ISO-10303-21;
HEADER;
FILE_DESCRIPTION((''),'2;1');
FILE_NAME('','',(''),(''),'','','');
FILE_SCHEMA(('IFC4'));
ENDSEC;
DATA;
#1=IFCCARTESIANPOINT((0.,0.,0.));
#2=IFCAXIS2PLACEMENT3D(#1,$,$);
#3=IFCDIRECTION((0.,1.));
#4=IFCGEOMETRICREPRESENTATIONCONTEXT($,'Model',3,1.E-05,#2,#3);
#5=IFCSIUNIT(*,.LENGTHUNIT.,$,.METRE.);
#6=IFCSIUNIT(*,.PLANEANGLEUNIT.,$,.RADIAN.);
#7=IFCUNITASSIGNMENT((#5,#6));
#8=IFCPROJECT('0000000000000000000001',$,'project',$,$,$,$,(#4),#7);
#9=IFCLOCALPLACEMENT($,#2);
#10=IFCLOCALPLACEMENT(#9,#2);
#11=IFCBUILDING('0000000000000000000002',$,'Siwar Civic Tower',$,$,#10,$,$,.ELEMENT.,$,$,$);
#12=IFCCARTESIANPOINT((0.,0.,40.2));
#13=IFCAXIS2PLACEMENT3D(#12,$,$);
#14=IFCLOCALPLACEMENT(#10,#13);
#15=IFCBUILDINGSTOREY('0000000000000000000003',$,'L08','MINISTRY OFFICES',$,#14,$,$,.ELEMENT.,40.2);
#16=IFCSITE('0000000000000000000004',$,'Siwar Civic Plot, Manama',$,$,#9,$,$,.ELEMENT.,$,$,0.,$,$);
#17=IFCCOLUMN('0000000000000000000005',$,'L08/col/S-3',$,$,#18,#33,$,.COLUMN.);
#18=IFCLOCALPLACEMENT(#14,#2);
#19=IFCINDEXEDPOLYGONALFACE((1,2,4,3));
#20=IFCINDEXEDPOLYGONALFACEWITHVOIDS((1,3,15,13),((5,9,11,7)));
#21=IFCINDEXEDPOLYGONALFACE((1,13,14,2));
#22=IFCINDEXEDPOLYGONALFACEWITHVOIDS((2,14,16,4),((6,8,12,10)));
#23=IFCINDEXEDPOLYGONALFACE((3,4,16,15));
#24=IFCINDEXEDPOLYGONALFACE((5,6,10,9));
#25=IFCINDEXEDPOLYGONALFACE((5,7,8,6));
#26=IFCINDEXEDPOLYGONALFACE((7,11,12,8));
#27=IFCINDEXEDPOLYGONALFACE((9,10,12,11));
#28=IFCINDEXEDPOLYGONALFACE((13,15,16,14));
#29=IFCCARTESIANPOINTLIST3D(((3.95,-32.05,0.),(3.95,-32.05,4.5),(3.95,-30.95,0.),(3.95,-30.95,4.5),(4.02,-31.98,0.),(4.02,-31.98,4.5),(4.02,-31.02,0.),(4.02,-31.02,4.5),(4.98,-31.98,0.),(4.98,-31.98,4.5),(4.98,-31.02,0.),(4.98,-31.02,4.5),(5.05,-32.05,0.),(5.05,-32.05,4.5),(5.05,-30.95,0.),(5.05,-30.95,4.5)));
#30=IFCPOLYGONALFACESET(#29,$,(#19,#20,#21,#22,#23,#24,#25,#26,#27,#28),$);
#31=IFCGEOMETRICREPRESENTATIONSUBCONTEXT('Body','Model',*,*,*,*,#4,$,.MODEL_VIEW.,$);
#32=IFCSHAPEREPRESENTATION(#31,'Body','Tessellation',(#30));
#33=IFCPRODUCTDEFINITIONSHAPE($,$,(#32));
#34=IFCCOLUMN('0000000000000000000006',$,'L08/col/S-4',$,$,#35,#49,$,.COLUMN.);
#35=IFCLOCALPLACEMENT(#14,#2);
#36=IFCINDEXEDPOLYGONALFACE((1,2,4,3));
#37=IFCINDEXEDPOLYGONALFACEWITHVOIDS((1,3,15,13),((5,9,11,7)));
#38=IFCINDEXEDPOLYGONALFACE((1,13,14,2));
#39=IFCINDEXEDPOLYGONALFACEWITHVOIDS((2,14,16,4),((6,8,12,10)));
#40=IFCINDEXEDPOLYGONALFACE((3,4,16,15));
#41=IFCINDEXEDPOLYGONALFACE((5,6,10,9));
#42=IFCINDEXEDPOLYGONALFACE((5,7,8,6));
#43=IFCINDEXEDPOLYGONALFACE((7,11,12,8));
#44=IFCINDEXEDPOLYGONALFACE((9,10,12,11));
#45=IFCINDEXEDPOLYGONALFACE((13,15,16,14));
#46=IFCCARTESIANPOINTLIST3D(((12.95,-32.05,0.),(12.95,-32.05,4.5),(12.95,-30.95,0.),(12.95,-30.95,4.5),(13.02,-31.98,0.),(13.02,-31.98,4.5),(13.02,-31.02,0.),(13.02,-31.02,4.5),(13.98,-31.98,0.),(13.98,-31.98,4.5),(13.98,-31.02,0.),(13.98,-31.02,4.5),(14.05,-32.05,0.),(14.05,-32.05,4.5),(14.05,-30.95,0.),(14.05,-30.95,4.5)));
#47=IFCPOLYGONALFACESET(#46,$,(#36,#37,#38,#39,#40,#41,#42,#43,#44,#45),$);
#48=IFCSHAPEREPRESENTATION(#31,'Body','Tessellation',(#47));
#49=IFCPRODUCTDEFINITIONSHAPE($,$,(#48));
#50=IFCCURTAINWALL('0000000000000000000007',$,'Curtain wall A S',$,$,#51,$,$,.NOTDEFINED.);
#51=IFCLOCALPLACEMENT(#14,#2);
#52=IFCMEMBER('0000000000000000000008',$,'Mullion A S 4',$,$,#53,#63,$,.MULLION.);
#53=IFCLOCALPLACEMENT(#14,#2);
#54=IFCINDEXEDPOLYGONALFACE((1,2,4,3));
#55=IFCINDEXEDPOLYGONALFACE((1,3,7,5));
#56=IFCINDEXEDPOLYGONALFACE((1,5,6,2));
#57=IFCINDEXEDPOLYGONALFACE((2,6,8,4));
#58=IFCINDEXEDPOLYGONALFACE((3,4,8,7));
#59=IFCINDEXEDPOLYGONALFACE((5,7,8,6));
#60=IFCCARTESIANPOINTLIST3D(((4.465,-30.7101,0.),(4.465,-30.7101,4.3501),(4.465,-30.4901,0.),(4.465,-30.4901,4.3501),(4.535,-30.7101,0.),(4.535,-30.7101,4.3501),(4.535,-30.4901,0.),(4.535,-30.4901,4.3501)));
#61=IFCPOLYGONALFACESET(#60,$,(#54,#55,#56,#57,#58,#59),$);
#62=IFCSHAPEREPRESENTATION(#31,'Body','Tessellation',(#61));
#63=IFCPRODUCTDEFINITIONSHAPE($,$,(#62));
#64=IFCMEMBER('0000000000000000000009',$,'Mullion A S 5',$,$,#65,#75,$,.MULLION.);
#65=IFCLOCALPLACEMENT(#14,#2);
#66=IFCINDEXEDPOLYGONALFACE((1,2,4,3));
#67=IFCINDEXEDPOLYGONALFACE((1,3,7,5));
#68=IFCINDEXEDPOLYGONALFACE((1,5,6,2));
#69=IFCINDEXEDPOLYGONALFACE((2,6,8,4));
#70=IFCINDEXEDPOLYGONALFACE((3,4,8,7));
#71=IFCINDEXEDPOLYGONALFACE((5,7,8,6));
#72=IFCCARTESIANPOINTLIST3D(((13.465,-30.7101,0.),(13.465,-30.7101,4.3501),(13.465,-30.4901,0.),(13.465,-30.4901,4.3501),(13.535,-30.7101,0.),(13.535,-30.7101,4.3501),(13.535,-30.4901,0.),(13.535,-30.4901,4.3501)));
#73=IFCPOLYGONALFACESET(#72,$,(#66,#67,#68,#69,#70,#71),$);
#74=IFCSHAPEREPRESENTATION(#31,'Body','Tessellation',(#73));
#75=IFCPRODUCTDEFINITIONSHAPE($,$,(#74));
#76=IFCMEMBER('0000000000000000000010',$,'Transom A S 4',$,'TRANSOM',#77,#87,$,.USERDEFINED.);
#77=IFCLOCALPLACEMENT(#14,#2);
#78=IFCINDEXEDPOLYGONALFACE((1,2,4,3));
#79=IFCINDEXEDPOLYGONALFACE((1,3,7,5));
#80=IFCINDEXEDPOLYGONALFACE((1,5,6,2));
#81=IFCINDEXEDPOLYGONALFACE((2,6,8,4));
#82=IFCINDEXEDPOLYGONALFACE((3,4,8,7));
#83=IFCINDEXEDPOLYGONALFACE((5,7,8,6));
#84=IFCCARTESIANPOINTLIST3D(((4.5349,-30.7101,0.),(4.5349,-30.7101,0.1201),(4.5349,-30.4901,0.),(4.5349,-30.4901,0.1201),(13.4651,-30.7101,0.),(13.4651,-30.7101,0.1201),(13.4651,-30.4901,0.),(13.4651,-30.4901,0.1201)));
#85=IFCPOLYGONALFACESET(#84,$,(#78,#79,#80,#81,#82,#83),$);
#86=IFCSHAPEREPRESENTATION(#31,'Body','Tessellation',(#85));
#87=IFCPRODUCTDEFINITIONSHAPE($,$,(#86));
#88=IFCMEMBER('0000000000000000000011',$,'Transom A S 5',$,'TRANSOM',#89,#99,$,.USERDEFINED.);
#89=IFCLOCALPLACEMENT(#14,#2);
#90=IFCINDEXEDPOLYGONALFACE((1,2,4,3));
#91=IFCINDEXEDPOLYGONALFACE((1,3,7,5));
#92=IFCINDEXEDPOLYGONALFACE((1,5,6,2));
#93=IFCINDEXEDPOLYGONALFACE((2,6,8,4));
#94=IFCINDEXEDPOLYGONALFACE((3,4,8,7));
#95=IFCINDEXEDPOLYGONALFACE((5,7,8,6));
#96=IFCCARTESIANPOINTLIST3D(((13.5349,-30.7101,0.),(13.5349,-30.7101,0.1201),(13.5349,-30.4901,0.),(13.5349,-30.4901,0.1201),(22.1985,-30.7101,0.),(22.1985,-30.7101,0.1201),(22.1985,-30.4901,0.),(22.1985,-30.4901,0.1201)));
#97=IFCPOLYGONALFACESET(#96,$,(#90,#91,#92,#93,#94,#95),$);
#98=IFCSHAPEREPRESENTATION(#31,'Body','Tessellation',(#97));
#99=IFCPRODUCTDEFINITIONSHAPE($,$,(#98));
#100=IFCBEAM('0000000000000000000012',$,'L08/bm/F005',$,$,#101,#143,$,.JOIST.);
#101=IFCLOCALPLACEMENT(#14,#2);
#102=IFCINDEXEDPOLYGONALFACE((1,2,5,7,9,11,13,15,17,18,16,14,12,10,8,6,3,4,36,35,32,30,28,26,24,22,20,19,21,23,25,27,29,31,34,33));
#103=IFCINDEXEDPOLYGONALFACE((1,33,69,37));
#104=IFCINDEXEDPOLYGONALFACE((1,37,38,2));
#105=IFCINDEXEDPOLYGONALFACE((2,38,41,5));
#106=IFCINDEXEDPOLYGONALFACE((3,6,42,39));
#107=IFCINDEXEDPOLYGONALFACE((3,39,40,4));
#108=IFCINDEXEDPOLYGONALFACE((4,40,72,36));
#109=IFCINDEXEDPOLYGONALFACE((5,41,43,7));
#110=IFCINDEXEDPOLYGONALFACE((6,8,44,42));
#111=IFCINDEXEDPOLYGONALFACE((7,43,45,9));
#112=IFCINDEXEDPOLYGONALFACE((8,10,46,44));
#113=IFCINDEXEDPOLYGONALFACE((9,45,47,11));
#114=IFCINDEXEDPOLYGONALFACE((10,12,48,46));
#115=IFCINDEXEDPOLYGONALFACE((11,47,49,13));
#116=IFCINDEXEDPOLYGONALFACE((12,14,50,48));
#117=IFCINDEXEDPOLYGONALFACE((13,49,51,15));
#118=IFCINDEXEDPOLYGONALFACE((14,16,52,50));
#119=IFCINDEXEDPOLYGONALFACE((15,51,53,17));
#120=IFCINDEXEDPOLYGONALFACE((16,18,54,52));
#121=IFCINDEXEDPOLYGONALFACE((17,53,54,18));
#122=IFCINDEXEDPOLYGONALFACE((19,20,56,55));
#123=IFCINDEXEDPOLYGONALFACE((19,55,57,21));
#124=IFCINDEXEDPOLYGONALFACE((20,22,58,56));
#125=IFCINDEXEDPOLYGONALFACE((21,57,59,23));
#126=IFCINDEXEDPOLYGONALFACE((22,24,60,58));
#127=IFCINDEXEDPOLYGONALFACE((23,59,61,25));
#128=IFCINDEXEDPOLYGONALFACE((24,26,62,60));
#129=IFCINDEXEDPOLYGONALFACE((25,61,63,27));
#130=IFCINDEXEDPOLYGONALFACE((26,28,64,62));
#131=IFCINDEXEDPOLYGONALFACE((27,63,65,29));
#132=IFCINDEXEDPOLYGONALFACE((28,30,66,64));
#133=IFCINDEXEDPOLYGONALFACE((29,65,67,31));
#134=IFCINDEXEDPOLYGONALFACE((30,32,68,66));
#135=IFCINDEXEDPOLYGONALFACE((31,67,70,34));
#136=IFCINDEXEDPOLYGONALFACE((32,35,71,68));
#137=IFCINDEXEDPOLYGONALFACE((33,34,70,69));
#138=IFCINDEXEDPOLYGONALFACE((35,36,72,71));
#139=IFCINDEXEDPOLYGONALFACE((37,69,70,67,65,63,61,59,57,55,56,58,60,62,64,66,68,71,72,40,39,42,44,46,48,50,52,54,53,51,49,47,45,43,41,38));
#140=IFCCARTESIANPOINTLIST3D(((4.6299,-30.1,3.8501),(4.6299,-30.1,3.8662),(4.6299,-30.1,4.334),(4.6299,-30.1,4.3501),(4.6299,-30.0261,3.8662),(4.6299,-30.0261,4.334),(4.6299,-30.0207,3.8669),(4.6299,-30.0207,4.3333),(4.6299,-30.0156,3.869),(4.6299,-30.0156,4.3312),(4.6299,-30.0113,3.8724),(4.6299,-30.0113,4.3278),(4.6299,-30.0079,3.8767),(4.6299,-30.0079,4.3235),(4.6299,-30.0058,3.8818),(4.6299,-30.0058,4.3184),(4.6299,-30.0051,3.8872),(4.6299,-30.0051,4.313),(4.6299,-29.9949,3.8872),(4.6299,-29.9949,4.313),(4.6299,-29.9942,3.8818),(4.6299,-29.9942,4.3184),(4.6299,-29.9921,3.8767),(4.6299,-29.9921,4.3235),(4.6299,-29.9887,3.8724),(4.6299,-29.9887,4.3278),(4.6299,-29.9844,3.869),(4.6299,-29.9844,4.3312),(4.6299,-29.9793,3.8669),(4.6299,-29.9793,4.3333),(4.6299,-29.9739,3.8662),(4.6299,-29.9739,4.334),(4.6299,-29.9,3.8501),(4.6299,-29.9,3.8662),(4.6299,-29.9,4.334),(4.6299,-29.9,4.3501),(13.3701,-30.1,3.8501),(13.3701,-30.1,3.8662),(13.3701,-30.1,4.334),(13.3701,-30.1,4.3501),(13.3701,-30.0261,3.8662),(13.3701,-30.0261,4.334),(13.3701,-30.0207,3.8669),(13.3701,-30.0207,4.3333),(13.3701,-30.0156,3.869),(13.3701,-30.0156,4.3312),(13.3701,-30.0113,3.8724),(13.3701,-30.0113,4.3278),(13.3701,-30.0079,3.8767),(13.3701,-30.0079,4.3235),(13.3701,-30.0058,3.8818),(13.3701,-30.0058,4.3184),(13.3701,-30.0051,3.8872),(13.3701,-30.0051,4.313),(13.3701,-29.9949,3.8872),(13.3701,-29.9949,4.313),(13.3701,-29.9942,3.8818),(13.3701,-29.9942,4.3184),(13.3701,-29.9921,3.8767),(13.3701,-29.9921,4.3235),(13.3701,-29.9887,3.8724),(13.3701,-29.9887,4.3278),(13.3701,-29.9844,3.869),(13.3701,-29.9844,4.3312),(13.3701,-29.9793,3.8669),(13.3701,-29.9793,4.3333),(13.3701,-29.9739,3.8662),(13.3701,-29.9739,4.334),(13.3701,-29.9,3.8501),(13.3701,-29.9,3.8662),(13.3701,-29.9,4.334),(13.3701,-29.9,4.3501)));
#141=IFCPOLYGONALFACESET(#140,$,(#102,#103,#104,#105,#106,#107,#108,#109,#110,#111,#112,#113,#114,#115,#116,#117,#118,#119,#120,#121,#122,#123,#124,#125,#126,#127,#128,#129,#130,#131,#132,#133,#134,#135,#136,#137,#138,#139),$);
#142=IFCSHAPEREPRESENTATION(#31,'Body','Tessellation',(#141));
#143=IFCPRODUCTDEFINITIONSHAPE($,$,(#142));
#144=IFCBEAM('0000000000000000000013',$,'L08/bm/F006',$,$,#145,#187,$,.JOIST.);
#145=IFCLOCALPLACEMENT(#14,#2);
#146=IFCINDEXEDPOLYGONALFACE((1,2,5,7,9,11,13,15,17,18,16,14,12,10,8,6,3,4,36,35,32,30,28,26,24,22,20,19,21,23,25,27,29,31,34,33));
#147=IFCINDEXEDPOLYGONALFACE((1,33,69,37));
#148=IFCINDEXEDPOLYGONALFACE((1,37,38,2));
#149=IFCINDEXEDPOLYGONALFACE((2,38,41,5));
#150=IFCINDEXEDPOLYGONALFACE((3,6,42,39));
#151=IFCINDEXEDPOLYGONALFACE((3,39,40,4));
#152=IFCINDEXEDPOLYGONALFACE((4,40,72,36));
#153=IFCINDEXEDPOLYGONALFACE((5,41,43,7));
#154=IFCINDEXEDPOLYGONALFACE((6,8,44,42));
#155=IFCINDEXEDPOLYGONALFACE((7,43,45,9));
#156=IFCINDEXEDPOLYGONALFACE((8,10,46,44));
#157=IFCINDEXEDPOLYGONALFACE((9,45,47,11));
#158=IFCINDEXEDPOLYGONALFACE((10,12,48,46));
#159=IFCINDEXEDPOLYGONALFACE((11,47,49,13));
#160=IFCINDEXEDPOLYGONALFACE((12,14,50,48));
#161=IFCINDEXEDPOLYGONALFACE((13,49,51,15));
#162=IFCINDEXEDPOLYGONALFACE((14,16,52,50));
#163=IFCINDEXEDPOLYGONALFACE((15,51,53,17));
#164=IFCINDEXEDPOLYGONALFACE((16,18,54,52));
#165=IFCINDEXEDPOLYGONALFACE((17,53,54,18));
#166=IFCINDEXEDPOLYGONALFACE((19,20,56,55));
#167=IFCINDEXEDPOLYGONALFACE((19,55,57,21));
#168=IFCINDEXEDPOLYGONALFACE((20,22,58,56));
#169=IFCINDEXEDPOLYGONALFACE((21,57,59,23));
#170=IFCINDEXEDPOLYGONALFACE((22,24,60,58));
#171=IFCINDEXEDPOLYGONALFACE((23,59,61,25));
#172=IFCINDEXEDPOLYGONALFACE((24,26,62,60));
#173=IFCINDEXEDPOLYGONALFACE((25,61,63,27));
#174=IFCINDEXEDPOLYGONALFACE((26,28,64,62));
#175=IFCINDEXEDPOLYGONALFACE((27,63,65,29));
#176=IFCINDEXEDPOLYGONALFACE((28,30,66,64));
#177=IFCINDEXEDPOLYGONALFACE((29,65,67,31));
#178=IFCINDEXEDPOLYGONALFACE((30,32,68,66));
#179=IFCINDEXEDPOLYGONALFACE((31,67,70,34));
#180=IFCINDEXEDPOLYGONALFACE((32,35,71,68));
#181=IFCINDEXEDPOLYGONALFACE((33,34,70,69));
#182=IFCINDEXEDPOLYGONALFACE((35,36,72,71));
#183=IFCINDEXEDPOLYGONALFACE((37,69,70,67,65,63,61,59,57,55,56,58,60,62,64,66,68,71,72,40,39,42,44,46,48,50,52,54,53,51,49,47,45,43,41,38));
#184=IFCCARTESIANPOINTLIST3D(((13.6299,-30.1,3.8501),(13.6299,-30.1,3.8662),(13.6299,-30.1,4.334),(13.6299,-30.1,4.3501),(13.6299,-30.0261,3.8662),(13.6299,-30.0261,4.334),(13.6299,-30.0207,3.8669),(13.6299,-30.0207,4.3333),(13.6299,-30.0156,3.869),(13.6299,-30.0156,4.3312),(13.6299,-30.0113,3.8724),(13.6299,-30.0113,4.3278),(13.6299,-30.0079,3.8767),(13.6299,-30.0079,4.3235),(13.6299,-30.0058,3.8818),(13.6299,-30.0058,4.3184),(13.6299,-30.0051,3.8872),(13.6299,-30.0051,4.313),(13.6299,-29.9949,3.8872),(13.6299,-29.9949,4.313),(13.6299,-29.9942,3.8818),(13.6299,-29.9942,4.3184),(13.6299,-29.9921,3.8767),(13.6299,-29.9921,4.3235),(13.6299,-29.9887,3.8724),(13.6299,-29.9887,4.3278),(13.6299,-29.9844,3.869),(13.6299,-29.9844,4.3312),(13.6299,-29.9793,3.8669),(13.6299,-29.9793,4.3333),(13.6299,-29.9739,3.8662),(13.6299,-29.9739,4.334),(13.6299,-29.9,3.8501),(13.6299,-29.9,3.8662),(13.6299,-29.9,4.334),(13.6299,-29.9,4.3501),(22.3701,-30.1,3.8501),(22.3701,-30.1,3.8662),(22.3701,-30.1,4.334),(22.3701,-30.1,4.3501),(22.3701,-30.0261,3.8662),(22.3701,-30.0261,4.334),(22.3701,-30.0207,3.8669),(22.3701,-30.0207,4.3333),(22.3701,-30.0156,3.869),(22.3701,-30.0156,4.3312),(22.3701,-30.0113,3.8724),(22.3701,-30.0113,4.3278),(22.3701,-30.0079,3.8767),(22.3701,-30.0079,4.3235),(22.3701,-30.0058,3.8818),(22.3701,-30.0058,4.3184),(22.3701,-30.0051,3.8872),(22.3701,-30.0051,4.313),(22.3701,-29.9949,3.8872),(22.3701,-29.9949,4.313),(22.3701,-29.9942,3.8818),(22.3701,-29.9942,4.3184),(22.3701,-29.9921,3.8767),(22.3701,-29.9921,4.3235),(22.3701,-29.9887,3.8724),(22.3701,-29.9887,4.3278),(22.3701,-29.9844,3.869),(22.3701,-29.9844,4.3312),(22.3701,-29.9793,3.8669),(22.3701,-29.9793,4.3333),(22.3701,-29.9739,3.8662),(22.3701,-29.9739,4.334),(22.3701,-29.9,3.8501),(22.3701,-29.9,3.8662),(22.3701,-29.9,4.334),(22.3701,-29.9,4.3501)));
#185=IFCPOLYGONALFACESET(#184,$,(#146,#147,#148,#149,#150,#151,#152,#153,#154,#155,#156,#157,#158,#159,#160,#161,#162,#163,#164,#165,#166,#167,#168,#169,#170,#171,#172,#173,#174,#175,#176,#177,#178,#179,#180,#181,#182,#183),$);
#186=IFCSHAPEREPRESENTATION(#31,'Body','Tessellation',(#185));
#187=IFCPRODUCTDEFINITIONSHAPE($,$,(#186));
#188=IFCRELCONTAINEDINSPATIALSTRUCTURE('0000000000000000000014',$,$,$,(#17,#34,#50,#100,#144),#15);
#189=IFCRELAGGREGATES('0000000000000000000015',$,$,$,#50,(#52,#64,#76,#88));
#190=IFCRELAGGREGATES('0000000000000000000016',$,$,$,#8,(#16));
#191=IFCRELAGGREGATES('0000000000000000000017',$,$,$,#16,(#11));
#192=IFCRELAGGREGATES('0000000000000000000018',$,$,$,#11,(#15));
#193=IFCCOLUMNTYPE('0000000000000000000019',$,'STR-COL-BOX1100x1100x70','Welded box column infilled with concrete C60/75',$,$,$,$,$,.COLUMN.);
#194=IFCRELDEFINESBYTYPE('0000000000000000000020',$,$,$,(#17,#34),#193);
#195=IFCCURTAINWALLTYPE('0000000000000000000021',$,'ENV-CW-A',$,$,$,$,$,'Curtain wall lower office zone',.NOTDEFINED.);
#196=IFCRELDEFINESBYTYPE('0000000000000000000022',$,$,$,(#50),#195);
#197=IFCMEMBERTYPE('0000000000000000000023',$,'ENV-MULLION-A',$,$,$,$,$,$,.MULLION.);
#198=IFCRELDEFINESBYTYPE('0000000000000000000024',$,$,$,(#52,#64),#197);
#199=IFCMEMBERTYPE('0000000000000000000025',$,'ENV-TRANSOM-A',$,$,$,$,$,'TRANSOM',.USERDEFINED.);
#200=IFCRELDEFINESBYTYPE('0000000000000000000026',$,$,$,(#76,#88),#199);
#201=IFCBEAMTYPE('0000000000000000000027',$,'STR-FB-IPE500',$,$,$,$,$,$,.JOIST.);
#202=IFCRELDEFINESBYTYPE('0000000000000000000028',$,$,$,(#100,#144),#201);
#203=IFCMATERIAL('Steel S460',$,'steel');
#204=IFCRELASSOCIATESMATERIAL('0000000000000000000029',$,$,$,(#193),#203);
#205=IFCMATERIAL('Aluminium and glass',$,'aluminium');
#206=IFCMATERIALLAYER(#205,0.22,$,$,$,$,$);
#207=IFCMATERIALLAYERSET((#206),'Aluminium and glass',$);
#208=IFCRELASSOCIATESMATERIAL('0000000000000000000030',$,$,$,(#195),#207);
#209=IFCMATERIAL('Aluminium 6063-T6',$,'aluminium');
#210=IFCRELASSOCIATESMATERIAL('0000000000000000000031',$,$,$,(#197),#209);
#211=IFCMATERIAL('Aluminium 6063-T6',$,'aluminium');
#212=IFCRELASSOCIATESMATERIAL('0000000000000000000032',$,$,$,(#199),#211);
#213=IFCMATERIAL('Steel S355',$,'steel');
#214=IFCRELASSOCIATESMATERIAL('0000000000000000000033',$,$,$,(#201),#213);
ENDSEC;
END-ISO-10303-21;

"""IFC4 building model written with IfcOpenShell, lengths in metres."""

from ifc_helpers import new_model, si_unit, direction, frame, origin, origin_2d, place, context, subcontext, project, spatial, rectangle, hollow_rectangle, i_section, extrude, material, layer, layer_set, material_profile, profile_set, type_object, element, aggregate, save


model = new_model("IFC4")

# Units and contexts
model_context = context("Model", 3, precision=1e-05, world=origin(), true_north=direction((0.0, 1.0)))
body_context = subcontext(model_context, "Body", "Model", "MODEL_VIEW")
ifc_project = project(units=[si_unit("LENGTHUNIT", "METRE"), si_unit("PLANEANGLEUNIT", "RADIAN")], contexts=[model_context])

# Site, building, storey
site_placement = place(None, origin())
site = spatial("IfcSite", under=ifc_project, at=site_placement, Name="Siwar Civic Plot, Manama", CompositionType="ELEMENT", RefElevation=0.0)
building_placement = place(site_placement, origin())
building = spatial("IfcBuilding", under=site, at=building_placement, Name="Siwar Civic Tower", CompositionType="ELEMENT")
storey_placement = place(building_placement, frame((0.0, 0.0, 40.2)))
storey = spatial("IfcBuildingStorey", under=building, at=storey_placement, Name="L08", Description="MINISTRY OFFICES", CompositionType="ELEMENT", Elevation=40.2)

# Columns
ifc_material_1 = material(Name="Steel S460", Category="steel")
ifc_material_profile_1 = material_profile(ifc_material_1, hollow_rectangle(XDim=1.1001, YDim=1.1001, WallThickness=0.0701, at=origin_2d()), Name="BOX1100x1100x70")
ifc_profile_set_1 = profile_set([ifc_material_profile_1], Name="Steel S460")
column_type = type_object("IfcColumnType", Name="STR-COL-BOX1100x1100x70", Description="Welded box column infilled with concrete C60/75", PredefinedType="COLUMN", material=ifc_profile_set_1)
for number, where, z_axis, x_axis, name in (
    (1, (4.5, -31.5, 0.0), (0.0, 0.0, 1.0), (1.0, 0.0, 0.0), "L08/col/S-3"),
    (2, (13.5, -31.5, 0.0), (0.0, 0.0, 1.0), (1.0, 0.0, 0.0), "L08/col/S-4"),
):
    element("IfcColumn", number, at=place(storey_placement, frame(where, z_axis=z_axis, x_axis=x_axis)), inside=storey, type_object=column_type, Name=name, PredefinedType="COLUMN", context=body_context, shape_type="SweptSolid", body=[
        extrude(hollow_rectangle(XDim=1.1001, YDim=1.1001, WallThickness=0.0701, at=origin_2d()), origin(), (0.0, 0.0, 1.0), 4.5),
    ])

# Curtain wall, members
ifc_material_2 = material(Name="Aluminium and glass", Category="aluminium")
ifc_layer_1 = layer(ifc_material_2, 0.22)
ifc_layer_set_1 = layer_set([ifc_layer_1], Name="Aluminium and glass")
curtain_wall_type = type_object("IfcCurtainWallType", Name="ENV-CW-A", ElementType="Curtain wall lower office zone", PredefinedType="NOTDEFINED", material=ifc_layer_set_1)
curtain_wall_placement = place(storey_placement, origin())
curtain_wall = element("IfcCurtainWall", 3, at=curtain_wall_placement, inside=storey, type_object=curtain_wall_type, Name="Curtain wall A S", PredefinedType="NOTDEFINED")
ifc_material_3 = material(Name="Aluminium 6063-T6", Category="aluminium")
ifc_material_profile_2 = material_profile(ifc_material_3, rectangle(XDim=0.22, YDim=0.0701, at=origin_2d()), Name="AL 220x70")
ifc_profile_set_2 = profile_set([ifc_material_profile_2], Name="Aluminium 6063-T6")
member_type_1 = type_object("IfcMemberType", Name="ENV-MULLION-A", PredefinedType="MULLION", material=ifc_profile_set_2)
member_1_placement = place(storey_placement, frame((4.5, -30.6001, 0.0), z_axis=(0.0, 0.0, 1.0), x_axis=(0.0, 1.0, 0.0)))
member_1 = element("IfcMember", 4, at=member_1_placement, type_object=member_type_1, Name="Mullion A S 4", PredefinedType="MULLION", context=body_context, shape_type="SweptSolid", body=[
    extrude(rectangle(XDim=0.22, YDim=0.0701, at=origin_2d()), origin(), (0.0, 0.0, 1.0), 4.3501),
])
member_2_placement = place(storey_placement, frame((13.5, -30.6001, 0.0), z_axis=(0.0, 0.0, 1.0), x_axis=(0.0, 1.0, 0.0)))
member_2 = element("IfcMember", 5, at=member_2_placement, type_object=member_type_1, Name="Mullion A S 5", PredefinedType="MULLION", context=body_context, shape_type="SweptSolid", body=[
    extrude(rectangle(XDim=0.22, YDim=0.0701, at=origin_2d()), origin(), (0.0, 0.0, 1.0), 4.3501),
])
ifc_material_4 = material(Name="Aluminium 6063-T6", Category="aluminium")
ifc_material_profile_3 = material_profile(ifc_material_4, rectangle(XDim=0.22, YDim=0.1201, at=origin_2d()), Name="AL 220x120")
ifc_profile_set_3 = profile_set([ifc_material_profile_3], Name="Aluminium 6063-T6")
member_type_2 = type_object("IfcMemberType", Name="ENV-TRANSOM-A", ElementType="TRANSOM", PredefinedType="USERDEFINED", material=ifc_profile_set_3)
member_3_placement = place(storey_placement, frame((4.5349, -30.6001, 0.0601), z_axis=(1.0, 0.0, 0.0), x_axis=(0.0, 1.0, 0.0)))
member_3 = element("IfcMember", 6, at=member_3_placement, type_object=member_type_2, Name="Transom A S 4", ObjectType="TRANSOM", PredefinedType="USERDEFINED", context=body_context, shape_type="SweptSolid", body=[
    extrude(rectangle(XDim=0.22, YDim=0.1201, at=origin_2d()), origin(), (0.0, 0.0, 1.0), 8.9302),
])
member_4_placement = place(storey_placement, frame((13.5349, -30.6001, 0.0601), z_axis=(1.0, 0.0, 0.0), x_axis=(0.0, 1.0, 0.0)))
member_4 = element("IfcMember", 7, at=member_4_placement, type_object=member_type_2, Name="Transom A S 5", ObjectType="TRANSOM", PredefinedType="USERDEFINED", context=body_context, shape_type="SweptSolid", body=[
    extrude(rectangle(XDim=0.22, YDim=0.1201, at=origin_2d()), origin(), (0.0, 0.0, 1.0), 8.6636),
])

# Beams
ifc_material_5 = material(Name="Steel S355", Category="steel")
ifc_material_profile_4 = material_profile(ifc_material_5, i_section(OverallWidth=0.2, OverallDepth=0.5, WebThickness=0.0103, FlangeThickness=0.0161, FilletRadius=0.021, at=origin_2d()), Name="IPE500")
ifc_profile_set_4 = profile_set([ifc_material_profile_4], Name="Steel S355")
beam_type_1 = type_object("IfcBeamType", Name="STR-FB-IPE500", PredefinedType="JOIST", material=ifc_profile_set_4)
for number, where, z_axis, x_axis, name in (
    (8, (4.6299, -30.0, 4.1001), (1.0, 0.0, 0.0), (0.0, 1.0, 0.0), "L08/bm/F005"),
    (9, (13.6299, -30.0, 4.1001), (1.0, 0.0, 0.0), (0.0, 1.0, 0.0), "L08/bm/F006"),
):
    element("IfcBeam", number, at=place(storey_placement, frame(where, z_axis=z_axis, x_axis=x_axis)), inside=storey, type_object=beam_type_1, Name=name, PredefinedType="JOIST", context=body_context, shape_type="SweptSolid", body=[
        extrude(i_section(OverallWidth=0.2, OverallDepth=0.5, WebThickness=0.0103, FlangeThickness=0.0161, FilletRadius=0.021, at=origin_2d()), origin(), (0.0, 0.0, 1.0), 8.7402),
    ])

aggregate(curtain_wall, [member_1, member_2, member_3, member_4])

save(model, "model.ifc")
